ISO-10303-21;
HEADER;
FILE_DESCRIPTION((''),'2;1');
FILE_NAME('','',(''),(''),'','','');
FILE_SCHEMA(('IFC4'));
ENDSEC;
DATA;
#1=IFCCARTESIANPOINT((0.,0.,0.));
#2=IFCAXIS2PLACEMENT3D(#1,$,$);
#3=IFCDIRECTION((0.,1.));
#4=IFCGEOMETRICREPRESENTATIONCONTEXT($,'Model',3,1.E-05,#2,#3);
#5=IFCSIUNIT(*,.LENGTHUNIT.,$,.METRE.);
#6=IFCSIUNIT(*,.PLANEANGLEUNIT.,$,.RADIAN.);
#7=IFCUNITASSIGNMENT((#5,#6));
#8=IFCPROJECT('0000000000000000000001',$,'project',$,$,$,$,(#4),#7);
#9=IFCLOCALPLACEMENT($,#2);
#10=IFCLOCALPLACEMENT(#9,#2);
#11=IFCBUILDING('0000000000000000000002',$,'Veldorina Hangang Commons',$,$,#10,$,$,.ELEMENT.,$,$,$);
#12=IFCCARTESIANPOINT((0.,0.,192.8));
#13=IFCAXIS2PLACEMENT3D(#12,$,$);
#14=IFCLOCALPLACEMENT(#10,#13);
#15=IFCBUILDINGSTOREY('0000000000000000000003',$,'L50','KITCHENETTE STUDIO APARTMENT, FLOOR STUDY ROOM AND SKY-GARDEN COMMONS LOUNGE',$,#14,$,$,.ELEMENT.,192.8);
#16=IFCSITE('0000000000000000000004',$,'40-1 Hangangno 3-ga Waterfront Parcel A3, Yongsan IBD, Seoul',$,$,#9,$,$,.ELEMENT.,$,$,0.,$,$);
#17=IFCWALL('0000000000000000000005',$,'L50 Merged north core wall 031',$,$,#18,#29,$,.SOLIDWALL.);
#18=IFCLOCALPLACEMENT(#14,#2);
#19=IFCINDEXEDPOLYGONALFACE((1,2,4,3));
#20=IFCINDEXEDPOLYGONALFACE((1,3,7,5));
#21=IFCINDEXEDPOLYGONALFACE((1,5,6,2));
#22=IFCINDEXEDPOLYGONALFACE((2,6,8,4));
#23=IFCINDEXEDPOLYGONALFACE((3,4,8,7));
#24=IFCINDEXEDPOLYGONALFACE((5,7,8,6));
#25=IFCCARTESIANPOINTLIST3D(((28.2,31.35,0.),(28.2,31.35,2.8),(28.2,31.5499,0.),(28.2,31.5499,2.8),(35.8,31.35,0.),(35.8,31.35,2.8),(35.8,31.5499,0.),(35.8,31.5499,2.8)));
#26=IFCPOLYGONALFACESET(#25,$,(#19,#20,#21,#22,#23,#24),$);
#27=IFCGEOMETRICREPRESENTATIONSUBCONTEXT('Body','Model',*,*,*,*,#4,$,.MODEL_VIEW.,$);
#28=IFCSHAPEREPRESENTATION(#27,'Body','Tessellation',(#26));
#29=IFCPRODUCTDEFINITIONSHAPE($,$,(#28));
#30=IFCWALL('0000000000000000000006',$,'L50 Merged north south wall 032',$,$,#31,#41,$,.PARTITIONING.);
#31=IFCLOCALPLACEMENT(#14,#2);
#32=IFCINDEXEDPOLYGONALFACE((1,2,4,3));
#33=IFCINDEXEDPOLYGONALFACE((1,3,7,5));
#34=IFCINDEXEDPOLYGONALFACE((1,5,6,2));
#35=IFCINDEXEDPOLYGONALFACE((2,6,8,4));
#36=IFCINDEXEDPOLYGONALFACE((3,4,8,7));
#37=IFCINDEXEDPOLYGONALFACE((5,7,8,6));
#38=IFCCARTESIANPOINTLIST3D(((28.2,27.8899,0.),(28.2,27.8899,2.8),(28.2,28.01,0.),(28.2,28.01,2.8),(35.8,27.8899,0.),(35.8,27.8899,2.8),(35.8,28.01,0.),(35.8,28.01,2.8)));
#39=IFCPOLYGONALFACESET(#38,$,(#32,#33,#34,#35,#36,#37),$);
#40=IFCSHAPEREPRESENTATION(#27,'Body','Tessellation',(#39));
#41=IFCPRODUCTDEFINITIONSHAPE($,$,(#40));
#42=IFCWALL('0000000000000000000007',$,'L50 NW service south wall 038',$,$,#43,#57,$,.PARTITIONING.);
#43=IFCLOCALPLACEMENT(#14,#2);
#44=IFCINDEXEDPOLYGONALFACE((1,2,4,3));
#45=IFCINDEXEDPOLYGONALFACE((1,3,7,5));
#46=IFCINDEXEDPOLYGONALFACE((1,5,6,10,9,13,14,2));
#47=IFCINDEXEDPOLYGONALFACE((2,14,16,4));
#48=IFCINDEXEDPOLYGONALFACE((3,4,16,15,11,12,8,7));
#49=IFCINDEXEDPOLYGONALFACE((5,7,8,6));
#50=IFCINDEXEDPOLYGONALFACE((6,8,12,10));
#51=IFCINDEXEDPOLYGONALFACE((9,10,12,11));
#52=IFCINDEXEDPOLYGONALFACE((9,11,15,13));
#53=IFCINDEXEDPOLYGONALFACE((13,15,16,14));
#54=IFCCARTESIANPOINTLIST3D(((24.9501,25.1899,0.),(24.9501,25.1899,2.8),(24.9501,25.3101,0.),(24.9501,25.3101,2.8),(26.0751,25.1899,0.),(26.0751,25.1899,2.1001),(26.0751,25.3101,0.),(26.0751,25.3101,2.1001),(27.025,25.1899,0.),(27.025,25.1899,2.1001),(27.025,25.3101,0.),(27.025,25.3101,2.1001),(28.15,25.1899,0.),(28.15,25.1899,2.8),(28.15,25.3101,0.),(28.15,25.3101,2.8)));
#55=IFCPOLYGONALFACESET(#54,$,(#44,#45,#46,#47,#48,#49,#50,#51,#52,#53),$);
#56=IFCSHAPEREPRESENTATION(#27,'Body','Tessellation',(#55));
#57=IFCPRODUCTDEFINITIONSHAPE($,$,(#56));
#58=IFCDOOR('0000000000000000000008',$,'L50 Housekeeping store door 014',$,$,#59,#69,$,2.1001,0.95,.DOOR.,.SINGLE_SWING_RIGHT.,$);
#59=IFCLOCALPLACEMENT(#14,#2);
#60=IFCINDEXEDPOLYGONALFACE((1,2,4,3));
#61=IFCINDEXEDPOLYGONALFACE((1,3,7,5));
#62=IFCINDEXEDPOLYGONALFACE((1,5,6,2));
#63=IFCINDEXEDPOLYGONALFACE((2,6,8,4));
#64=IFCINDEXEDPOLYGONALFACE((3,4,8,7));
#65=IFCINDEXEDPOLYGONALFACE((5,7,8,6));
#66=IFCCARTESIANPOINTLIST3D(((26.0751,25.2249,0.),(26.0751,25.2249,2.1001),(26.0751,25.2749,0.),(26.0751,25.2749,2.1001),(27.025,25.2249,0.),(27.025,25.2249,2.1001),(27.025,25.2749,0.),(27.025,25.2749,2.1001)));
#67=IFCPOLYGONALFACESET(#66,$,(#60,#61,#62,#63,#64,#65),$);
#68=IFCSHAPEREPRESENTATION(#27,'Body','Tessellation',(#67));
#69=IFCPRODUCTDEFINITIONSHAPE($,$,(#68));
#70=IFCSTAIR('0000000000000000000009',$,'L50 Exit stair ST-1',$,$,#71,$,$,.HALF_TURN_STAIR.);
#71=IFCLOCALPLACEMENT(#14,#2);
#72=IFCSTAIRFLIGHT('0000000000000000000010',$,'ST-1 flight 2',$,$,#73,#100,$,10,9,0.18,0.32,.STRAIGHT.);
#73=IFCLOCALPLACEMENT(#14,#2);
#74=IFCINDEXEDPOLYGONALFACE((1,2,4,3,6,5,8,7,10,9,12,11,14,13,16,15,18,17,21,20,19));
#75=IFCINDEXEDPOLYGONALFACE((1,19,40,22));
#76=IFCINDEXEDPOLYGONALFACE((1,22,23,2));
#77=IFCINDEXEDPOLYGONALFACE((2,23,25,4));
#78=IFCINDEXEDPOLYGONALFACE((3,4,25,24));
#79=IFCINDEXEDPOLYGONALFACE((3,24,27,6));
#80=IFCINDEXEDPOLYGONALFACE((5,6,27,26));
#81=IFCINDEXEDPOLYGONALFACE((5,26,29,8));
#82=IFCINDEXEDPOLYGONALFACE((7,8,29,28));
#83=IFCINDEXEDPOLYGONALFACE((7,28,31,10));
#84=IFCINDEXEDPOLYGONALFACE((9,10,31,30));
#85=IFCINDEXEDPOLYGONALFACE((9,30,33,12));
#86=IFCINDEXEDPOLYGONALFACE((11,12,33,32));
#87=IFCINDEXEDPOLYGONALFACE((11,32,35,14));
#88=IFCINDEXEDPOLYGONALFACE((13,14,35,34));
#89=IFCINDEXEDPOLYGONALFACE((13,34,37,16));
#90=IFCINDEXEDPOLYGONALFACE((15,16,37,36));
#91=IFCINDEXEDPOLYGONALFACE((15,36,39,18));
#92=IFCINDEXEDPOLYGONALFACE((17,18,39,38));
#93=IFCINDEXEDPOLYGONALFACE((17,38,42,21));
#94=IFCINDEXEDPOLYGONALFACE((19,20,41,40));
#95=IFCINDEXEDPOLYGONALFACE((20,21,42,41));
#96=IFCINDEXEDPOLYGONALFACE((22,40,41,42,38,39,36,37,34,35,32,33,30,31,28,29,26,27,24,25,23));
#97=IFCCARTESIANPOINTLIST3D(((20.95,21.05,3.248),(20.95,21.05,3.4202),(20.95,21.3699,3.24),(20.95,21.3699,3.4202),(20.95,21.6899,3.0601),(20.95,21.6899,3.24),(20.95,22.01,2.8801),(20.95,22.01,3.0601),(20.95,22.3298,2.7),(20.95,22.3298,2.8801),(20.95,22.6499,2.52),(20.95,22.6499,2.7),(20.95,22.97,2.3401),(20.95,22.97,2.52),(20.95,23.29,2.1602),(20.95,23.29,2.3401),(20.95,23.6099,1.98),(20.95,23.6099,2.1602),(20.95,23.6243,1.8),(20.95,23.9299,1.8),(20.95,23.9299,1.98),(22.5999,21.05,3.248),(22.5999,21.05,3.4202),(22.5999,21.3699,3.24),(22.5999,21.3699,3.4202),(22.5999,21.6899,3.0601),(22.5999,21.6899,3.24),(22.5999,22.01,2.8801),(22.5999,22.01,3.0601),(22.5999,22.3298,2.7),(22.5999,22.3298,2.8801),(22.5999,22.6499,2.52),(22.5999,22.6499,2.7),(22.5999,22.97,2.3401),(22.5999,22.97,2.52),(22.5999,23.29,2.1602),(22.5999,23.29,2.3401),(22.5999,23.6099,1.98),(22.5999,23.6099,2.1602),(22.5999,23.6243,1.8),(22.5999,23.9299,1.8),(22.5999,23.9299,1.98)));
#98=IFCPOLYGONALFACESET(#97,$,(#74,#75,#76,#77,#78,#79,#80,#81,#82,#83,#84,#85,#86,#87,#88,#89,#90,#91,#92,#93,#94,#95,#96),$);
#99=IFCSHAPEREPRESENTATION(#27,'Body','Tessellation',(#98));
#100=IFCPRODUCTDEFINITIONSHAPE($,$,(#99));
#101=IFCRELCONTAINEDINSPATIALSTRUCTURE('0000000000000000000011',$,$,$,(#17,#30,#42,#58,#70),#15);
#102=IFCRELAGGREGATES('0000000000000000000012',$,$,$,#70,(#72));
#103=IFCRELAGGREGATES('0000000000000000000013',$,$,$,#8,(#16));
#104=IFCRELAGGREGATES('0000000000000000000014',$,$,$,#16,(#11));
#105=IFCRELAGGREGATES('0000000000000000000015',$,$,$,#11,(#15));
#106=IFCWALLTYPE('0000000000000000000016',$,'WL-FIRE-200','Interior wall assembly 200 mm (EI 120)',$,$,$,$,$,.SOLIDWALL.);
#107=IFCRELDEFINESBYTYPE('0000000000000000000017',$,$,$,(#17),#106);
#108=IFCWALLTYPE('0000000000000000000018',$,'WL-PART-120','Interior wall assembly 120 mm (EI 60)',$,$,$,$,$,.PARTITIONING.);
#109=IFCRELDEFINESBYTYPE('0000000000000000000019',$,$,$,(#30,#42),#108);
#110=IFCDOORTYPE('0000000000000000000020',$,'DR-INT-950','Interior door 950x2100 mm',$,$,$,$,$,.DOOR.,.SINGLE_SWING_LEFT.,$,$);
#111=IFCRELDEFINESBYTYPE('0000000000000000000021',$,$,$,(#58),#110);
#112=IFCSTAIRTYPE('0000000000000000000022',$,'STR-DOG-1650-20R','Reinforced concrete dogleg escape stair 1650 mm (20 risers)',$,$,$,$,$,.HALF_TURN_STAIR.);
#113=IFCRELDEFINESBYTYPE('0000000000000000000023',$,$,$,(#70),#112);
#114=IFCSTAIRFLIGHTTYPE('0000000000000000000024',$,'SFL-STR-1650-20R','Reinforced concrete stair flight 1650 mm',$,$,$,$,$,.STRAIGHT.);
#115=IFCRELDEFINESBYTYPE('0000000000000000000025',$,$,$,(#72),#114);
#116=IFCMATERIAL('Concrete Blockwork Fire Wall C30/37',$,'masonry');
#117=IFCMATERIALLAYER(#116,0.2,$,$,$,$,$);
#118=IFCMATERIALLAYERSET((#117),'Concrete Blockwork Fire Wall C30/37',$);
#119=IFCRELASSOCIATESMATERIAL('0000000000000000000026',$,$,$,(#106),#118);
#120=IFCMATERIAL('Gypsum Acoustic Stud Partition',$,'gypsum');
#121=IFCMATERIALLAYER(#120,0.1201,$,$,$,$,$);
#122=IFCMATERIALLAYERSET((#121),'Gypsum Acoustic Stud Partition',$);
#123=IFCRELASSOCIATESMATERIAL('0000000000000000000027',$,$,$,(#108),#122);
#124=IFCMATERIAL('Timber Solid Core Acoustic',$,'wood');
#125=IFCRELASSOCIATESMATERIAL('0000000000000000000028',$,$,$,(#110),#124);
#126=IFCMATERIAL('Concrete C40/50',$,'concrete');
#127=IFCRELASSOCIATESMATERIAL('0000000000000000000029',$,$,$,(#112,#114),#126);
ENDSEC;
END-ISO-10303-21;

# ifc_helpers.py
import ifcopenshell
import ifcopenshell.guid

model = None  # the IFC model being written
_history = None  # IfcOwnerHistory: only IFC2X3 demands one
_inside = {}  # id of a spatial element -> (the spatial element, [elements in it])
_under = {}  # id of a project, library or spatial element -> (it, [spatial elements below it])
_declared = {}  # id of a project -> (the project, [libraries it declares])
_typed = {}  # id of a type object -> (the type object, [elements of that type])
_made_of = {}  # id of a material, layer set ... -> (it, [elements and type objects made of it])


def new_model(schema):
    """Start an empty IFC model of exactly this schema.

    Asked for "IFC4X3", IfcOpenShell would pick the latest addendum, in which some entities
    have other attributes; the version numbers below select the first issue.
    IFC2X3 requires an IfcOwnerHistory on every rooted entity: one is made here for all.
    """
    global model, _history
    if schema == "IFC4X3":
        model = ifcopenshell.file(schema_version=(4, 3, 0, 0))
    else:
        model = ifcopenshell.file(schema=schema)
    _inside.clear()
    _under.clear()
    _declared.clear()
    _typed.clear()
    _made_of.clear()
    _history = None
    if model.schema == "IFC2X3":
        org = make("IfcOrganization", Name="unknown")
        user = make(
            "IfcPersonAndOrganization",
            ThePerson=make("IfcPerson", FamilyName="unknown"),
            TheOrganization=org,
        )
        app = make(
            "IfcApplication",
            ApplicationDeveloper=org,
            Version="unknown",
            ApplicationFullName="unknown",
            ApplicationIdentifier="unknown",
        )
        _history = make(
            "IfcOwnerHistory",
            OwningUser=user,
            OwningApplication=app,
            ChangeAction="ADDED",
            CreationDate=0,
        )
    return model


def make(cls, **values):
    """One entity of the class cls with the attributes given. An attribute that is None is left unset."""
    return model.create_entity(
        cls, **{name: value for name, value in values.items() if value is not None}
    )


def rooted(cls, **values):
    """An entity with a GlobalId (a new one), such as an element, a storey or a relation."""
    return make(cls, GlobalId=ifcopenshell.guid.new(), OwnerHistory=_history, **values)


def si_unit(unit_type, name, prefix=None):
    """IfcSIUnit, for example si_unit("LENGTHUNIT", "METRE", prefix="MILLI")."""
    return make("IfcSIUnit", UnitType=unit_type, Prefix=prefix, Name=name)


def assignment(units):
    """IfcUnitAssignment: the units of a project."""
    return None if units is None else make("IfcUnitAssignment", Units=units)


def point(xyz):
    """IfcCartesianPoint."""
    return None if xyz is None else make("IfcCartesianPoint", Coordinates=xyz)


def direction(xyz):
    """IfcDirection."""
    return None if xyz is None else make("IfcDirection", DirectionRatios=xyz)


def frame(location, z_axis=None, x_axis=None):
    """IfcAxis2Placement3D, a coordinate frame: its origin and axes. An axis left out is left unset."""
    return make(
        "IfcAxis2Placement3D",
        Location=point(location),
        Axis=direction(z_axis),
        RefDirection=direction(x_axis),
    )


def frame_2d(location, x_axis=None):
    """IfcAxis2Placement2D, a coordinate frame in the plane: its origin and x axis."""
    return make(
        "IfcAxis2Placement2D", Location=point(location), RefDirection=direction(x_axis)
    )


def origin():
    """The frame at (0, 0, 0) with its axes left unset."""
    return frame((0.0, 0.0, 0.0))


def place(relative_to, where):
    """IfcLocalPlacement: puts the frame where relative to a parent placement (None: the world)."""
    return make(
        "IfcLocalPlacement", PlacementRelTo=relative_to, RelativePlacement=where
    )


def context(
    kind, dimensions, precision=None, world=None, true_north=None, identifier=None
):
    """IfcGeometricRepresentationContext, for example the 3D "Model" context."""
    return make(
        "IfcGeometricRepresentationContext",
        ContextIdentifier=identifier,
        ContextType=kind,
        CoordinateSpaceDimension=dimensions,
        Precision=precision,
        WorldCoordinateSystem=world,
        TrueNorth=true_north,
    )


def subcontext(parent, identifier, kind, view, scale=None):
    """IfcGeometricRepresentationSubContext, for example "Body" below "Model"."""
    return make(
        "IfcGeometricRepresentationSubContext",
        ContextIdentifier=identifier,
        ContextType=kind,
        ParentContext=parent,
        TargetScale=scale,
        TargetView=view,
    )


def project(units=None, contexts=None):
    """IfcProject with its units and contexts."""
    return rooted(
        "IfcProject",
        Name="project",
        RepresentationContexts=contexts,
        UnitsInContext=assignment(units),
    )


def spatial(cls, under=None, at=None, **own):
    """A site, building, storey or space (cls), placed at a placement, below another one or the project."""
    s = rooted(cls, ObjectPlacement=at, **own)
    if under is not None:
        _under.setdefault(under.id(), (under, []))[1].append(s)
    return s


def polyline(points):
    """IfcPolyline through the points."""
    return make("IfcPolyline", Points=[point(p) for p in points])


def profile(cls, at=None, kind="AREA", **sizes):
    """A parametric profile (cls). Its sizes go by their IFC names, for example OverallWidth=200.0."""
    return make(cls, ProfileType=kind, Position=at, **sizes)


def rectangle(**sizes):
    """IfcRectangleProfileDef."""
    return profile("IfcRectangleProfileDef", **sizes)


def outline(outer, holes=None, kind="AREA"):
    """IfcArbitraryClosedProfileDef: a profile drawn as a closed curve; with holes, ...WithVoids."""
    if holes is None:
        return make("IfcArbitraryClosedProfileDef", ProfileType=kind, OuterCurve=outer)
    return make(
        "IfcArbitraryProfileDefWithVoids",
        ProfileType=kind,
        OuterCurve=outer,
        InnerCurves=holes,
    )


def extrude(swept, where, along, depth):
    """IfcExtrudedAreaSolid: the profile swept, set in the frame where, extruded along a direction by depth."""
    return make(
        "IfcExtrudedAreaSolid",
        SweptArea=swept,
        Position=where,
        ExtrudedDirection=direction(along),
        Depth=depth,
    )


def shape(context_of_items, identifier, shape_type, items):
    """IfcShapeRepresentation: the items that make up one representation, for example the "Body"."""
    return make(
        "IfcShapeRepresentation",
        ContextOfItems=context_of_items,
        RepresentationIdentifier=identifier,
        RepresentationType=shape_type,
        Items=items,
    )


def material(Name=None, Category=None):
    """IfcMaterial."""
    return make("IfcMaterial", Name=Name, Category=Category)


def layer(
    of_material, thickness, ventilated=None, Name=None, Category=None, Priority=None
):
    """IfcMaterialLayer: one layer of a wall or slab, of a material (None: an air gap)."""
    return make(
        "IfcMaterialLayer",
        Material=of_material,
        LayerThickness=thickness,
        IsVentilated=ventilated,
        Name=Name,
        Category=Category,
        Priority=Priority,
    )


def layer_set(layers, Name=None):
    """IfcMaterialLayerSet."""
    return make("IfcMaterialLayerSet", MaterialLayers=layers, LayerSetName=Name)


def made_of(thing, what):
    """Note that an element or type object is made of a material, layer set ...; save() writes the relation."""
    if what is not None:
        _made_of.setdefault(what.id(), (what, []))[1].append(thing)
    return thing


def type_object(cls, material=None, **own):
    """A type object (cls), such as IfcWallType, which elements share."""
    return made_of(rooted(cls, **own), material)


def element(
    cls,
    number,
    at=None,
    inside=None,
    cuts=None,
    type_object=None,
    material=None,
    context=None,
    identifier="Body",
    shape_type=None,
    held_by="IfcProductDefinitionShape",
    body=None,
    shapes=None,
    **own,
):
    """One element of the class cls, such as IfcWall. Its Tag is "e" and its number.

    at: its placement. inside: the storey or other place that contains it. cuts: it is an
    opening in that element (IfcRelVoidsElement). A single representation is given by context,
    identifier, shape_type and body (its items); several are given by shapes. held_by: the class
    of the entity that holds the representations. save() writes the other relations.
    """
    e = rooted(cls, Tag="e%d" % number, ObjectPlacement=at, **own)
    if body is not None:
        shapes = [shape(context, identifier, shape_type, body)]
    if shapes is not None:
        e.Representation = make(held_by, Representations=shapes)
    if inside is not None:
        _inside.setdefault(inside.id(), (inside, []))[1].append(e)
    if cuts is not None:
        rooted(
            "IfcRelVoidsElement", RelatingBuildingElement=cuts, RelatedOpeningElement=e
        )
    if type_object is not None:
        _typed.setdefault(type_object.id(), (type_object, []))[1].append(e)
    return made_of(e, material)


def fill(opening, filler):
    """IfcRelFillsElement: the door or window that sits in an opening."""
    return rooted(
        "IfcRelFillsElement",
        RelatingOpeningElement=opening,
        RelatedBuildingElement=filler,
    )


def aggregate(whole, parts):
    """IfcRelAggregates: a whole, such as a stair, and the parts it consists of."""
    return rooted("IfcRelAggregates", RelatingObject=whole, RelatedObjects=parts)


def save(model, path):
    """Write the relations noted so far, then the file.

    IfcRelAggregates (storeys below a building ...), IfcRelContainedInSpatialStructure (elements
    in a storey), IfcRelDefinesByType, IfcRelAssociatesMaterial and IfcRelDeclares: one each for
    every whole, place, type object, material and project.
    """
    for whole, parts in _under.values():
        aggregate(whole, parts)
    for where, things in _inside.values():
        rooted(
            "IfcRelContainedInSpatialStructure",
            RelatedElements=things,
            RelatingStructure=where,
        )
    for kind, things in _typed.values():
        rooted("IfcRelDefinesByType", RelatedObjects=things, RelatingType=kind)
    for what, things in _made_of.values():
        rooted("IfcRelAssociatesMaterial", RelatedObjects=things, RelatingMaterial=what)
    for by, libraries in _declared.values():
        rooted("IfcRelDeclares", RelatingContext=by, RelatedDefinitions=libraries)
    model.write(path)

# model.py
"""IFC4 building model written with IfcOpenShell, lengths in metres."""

from ifc_helpers import new_model, si_unit, direction, frame, frame_2d, origin, place, context, subcontext, project, spatial, polyline, rectangle, outline, extrude, material, layer, layer_set, type_object, element, fill, aggregate, save


model = new_model("IFC4")

# Units and contexts
model_context = context("Model", 3, precision=1e-05, world=origin(), true_north=direction((0.0, 1.0)))
body_context = subcontext(model_context, "Body", "Model", "MODEL_VIEW")
ifc_project = project(units=[si_unit("LENGTHUNIT", "METRE"), si_unit("PLANEANGLEUNIT", "RADIAN")], contexts=[model_context])

# Site, building, storey
site_placement = place(None, origin())
site = spatial("IfcSite", under=ifc_project, at=site_placement, Name="40-1 Hangangno 3-ga Waterfront Parcel A3, Yongsan IBD, Seoul", CompositionType="ELEMENT", RefElevation=0.0)
building_placement = place(site_placement, origin())
building = spatial("IfcBuilding", under=site, at=building_placement, Name="Veldorina Hangang Commons", CompositionType="ELEMENT")
storey_placement = place(building_placement, frame((0.0, 0.0, 192.8)))
storey = spatial("IfcBuildingStorey", under=building, at=storey_placement, Name="L50", Description="KITCHENETTE STUDIO APARTMENT, FLOOR STUDY ROOM AND SKY-GARDEN COMMONS LOUNGE", CompositionType="ELEMENT", Elevation=192.8)

# Shared definitions
ifc_material_1 = material(Name="Concrete Blockwork Fire Wall C30/37", Category="masonry")
ifc_layer_1 = layer(ifc_material_1, 0.2)
ifc_layer_set_1 = layer_set([ifc_layer_1], Name="Concrete Blockwork Fire Wall C30/37")
wall_type_1 = type_object("IfcWallType", Name="WL-FIRE-200", Description="Interior wall assembly 200 mm (EI 120)", PredefinedType="SOLIDWALL", material=ifc_layer_set_1)

# Walls
wall_1_placement = place(storey_placement, frame((28.2, 31.45, 0.0), z_axis=(0.0, 0.0, 1.0), x_axis=(1.0, 0.0, 0.0)))
element("IfcWall", 1, at=wall_1_placement, inside=storey, type_object=wall_type_1, Name="L50 Merged north core wall 031", PredefinedType="SOLIDWALL", context=body_context, shape_type="SweptSolid", body=[
    extrude(rectangle(XDim=7.6001, YDim=0.2, at=frame_2d((3.8, 0.0))), origin(), (0.0, 0.0, 1.0), 2.8),
])
ifc_material_2 = material(Name="Gypsum Acoustic Stud Partition", Category="gypsum")
ifc_layer_2 = layer(ifc_material_2, 0.1201)
ifc_layer_set_2 = layer_set([ifc_layer_2], Name="Gypsum Acoustic Stud Partition")
wall_type_2 = type_object("IfcWallType", Name="WL-PART-120", Description="Interior wall assembly 120 mm (EI 60)", PredefinedType="PARTITIONING", material=ifc_layer_set_2)
wall_2_placement = place(storey_placement, frame((28.2, 27.95, 0.0), z_axis=(0.0, 0.0, 1.0), x_axis=(1.0, 0.0, 0.0)))
element("IfcWall", 2, at=wall_2_placement, inside=storey, type_object=wall_type_2, Name="L50 Merged north south wall 032", PredefinedType="PARTITIONING", context=body_context, shape_type="SweptSolid", body=[
    extrude(rectangle(XDim=7.6001, YDim=0.1201, at=frame_2d((3.8, 0.0))), origin(), (0.0, 0.0, 1.0), 2.8),
])

# Wall, opening, door
wall_3_placement = place(storey_placement, frame((24.95, 25.25, 0.0), z_axis=(0.0, 0.0, 1.0), x_axis=(1.0, 0.0, 0.0)))
wall_3 = element("IfcWall", 3, at=wall_3_placement, inside=storey, type_object=wall_type_2, Name="L50 NW service south wall 038", PredefinedType="PARTITIONING", context=body_context, shape_type="SweptSolid", body=[
    extrude(rectangle(XDim=3.2, YDim=0.1201, at=frame_2d((1.6001, 0.0))), origin(), (0.0, 0.0, 1.0), 2.8),
])
opening_1_placement = place(wall_3_placement, frame((1.125, 0.0, 0.0)))
opening_1 = element("IfcOpeningElement", 4, at=opening_1_placement, cuts=wall_3, PredefinedType="OPENING", context=body_context, shape_type="SweptSolid", body=[
    extrude(rectangle(XDim=0.95, YDim=2.1001, at=frame_2d((0.4751, 1.05))), frame((0.0, 0.0701, 0.0), z_axis=(0.0, -1.0, 0.0), x_axis=(1.0, 0.0, 0.0)), (0.0, 0.0, 1.0), 0.1401),
])
ifc_material_3 = material(Name="Timber Solid Core Acoustic", Category="wood")
door_type_1 = type_object("IfcDoorType", Name="DR-INT-950", Description="Interior door 950x2100 mm", OperationType="SINGLE_SWING_LEFT", PredefinedType="DOOR", material=ifc_material_3)
door_1_placement = place(opening_1_placement, origin())
door_1 = element("IfcDoor", 5, at=door_1_placement, inside=storey, type_object=door_type_1, Name="L50 Housekeeping store door 014", OperationType="SINGLE_SWING_RIGHT", OverallHeight=2.1001, OverallWidth=0.95, PredefinedType="DOOR", context=body_context, shape_type="SweptSolid", body=[
    extrude(rectangle(XDim=0.95, YDim=2.1001, at=frame_2d((0.4751, 1.05))), frame((0.0, 0.0249, 0.0), z_axis=(0.0, -1.0, 0.0), x_axis=(1.0, 0.0, 0.0)), (0.0, 0.0, 1.0), 0.05),
])
fill(opening_1, door_1)

# Stair, stair flight
ifc_material_4 = material(Name="Concrete C40/50", Category="concrete")
stair_type = type_object("IfcStairType", Name="STR-DOG-1650-20R", Description="Reinforced concrete dogleg escape stair 1650 mm (20 risers)", PredefinedType="HALF_TURN_STAIR", material=ifc_material_4)
stair_placement = place(storey_placement, origin())
stair = element("IfcStair", 6, at=stair_placement, inside=storey, type_object=stair_type, Name="L50 Exit stair ST-1", PredefinedType="HALF_TURN_STAIR")
stair_flight_type = type_object("IfcStairFlightType", Name="SFL-STR-1650-20R", Description="Reinforced concrete stair flight 1650 mm", PredefinedType="STRAIGHT", material=ifc_material_4)
stair_flight_placement = place(storey_placement, frame((21.7749, 23.9299, 1.8), z_axis=(0.0, 0.0, 1.0), x_axis=(0.0, -1.0, 0.0)))
stair_flight = element("IfcStairFlight", 7, at=stair_flight_placement, type_object=stair_flight_type, Name="ST-1 flight 2", NumberOfRisers=10, NumberOfTreads=9, PredefinedType="STRAIGHT", RiserHeight=0.18, TreadLength=0.32, context=body_context, shape_type="SweptSolid", body=[
    extrude(outline(polyline([(0.0, 0.0), (0.0, 0.1799), (0.3201, 0.1799), (0.3201, 0.3601), (0.6399, 0.3601), (0.6399, 0.54), (0.96, 0.54), (0.96, 0.72), (1.28, 0.72), (1.28, 0.8999), (1.6001, 0.8999), (1.6001, 1.0801), (1.9199, 1.0801), (1.9199, 1.26), (2.24, 1.26), (2.24, 1.4399), (2.5601, 1.4399), (2.5601, 1.6201), (2.8799, 1.6201), (2.8799, 1.8), (2.8799, 1.448), (0.3057, 0.0), (0.0, 0.0)])), frame((0.0, 0.825, 0.0), z_axis=(0.0, -1.0, 0.0), x_axis=(1.0, 0.0, 0.0)), (0.0, 0.0, 1.0), 1.6499),
])
aggregate(stair, [stair_flight])

save(model, "model.ifc")
